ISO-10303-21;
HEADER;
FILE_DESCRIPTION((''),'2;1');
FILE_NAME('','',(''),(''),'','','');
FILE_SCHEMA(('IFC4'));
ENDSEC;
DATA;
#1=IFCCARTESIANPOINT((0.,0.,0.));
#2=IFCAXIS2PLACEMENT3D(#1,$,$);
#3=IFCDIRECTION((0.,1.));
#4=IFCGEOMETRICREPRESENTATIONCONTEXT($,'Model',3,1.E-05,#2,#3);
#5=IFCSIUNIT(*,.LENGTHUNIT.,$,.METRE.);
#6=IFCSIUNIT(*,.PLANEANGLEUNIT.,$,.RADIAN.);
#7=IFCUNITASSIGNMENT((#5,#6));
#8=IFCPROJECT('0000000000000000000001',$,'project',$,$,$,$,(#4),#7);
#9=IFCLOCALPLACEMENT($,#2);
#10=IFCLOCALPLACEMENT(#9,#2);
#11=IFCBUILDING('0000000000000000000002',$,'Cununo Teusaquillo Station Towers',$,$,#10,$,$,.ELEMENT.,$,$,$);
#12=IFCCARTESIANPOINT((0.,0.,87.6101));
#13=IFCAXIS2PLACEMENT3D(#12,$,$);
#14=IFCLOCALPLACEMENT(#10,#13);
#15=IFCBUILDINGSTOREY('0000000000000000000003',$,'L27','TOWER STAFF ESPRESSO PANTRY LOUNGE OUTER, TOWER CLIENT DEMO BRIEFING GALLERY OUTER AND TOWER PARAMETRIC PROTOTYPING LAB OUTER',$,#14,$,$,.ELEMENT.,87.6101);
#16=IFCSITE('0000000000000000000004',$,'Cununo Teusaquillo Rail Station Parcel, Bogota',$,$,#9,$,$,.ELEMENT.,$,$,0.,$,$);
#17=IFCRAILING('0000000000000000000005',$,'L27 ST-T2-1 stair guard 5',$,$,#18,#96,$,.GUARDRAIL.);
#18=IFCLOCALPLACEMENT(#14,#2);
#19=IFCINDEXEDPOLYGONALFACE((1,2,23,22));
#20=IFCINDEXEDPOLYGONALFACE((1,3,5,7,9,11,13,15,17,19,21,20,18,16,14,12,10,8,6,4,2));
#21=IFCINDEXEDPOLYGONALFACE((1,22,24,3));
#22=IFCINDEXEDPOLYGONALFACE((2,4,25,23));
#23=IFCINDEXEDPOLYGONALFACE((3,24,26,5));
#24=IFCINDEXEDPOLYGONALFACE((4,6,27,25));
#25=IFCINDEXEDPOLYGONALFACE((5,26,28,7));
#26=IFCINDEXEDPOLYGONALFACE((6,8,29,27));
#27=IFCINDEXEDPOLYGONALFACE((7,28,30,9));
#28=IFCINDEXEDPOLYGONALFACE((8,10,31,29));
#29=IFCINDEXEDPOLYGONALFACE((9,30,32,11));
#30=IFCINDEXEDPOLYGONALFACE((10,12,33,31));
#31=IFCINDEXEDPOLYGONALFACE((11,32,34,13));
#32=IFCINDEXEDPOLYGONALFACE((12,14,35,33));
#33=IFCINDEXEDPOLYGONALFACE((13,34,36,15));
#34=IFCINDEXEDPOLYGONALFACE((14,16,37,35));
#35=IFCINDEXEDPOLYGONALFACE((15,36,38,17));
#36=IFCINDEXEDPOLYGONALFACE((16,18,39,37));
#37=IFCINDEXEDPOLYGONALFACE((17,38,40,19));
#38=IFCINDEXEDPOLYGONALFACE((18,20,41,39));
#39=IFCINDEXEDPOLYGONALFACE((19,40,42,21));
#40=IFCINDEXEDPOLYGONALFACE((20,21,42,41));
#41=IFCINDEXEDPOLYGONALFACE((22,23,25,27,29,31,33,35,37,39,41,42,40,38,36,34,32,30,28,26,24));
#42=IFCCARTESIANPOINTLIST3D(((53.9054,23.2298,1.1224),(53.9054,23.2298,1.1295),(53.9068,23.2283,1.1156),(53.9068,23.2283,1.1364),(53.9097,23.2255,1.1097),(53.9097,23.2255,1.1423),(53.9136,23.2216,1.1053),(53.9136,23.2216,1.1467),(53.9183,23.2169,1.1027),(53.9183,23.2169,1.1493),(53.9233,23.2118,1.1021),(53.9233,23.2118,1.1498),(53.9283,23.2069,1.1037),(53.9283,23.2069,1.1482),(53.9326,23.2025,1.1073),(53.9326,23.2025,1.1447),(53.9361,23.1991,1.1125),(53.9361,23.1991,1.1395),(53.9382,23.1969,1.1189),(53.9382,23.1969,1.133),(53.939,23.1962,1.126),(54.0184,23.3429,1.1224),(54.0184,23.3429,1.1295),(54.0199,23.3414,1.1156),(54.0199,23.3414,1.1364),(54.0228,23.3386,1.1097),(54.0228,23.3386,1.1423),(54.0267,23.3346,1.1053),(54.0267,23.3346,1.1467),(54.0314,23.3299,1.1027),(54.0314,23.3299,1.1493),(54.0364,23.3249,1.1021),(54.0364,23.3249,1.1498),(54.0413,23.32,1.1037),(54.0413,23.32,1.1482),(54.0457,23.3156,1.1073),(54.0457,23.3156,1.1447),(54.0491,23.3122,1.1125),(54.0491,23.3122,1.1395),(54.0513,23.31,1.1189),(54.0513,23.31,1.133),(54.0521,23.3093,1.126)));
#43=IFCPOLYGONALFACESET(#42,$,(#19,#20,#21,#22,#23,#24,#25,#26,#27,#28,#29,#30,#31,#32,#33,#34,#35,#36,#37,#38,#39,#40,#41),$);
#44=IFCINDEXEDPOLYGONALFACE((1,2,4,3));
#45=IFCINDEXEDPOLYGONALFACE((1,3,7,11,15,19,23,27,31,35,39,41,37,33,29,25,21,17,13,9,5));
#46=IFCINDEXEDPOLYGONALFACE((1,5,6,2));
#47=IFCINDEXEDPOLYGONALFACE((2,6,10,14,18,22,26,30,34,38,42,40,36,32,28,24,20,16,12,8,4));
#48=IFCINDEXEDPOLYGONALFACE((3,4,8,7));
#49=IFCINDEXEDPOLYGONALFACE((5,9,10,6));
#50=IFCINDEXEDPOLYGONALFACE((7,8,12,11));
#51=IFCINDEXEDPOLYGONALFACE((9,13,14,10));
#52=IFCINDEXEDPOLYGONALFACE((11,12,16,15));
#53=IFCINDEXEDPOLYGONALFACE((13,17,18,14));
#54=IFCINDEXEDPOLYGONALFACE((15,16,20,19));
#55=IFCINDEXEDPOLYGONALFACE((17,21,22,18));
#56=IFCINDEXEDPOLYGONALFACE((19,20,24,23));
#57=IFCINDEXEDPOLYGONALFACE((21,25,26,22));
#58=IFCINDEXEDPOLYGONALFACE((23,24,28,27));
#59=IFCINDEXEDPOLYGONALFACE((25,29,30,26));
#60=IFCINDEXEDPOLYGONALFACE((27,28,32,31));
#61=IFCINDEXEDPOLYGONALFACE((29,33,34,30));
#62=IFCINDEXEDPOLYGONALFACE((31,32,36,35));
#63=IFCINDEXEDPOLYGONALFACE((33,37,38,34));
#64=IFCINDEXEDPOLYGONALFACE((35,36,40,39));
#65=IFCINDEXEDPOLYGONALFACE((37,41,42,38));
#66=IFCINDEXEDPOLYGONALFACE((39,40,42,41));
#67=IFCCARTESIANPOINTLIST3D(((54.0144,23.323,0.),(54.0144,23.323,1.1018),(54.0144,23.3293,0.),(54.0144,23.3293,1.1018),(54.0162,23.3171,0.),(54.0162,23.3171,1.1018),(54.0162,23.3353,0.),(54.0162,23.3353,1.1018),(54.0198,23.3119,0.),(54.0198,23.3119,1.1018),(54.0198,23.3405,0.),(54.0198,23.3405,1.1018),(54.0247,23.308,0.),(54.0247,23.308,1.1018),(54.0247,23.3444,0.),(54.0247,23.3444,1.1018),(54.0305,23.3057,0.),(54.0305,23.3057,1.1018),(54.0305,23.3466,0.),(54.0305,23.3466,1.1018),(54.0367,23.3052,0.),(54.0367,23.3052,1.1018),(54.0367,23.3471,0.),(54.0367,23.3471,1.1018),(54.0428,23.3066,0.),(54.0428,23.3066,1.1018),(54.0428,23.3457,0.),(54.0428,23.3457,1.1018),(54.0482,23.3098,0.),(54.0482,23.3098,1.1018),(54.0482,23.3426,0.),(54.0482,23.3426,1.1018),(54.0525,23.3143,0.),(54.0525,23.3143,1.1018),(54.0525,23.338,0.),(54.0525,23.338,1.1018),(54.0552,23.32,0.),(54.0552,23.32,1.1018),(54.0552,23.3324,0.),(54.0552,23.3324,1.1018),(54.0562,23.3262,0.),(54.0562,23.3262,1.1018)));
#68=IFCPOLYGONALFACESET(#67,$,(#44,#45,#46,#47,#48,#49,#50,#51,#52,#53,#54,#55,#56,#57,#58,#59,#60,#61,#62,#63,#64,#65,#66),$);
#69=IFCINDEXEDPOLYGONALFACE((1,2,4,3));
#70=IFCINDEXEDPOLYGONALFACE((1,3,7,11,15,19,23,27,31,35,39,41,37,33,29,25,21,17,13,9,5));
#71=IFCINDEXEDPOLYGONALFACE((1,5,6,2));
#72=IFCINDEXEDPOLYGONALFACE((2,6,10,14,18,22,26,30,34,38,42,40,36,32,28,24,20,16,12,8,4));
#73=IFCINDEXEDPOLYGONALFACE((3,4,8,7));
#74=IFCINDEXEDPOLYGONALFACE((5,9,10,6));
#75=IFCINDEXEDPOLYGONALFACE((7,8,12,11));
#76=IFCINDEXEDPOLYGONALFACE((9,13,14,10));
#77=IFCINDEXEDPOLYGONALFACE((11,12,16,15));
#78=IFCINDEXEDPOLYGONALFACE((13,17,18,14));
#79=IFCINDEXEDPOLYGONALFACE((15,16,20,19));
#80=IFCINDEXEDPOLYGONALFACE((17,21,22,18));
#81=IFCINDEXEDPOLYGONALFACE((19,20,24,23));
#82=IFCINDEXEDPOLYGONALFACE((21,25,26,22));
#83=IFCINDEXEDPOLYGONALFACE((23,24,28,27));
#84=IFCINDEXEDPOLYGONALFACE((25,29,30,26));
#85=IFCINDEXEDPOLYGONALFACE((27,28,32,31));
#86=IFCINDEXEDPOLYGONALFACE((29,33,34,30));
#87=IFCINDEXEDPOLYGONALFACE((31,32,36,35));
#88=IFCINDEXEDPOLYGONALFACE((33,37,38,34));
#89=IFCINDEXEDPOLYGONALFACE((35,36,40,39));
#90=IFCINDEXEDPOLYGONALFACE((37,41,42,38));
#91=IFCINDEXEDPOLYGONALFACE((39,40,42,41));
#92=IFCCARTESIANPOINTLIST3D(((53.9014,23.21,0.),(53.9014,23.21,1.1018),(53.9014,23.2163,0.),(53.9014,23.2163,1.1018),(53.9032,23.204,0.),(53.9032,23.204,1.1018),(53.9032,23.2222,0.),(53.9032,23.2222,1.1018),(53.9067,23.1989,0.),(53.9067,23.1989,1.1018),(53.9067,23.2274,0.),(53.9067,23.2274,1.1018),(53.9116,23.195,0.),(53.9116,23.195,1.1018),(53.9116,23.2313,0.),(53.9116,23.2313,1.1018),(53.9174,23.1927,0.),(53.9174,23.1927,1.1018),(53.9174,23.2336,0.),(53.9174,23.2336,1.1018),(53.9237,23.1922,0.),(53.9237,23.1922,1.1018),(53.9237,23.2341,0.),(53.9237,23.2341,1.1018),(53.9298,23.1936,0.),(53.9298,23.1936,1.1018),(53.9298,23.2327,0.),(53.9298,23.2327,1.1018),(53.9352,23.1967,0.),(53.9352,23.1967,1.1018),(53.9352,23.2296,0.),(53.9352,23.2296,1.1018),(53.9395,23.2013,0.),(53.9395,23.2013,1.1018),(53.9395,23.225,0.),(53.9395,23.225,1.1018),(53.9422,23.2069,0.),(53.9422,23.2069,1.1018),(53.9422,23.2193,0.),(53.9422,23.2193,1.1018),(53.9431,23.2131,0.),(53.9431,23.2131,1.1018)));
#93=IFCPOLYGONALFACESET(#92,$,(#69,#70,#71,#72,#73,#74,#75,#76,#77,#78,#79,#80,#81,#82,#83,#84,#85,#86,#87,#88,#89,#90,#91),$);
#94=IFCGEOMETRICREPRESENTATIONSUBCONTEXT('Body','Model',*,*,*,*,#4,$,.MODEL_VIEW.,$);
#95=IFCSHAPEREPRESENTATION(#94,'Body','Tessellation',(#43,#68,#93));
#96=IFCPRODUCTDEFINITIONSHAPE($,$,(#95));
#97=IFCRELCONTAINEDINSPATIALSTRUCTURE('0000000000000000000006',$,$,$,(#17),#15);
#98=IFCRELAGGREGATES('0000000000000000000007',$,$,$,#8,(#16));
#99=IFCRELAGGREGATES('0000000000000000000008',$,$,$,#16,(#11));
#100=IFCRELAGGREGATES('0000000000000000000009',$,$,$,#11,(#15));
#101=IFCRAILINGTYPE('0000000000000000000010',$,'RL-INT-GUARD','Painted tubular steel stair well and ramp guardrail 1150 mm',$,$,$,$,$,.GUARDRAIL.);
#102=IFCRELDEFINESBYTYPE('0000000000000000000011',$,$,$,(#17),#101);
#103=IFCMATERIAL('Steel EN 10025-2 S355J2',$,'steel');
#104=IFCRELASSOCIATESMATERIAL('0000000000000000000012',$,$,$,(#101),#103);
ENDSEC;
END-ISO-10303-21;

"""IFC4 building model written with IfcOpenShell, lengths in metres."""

from ifc_helpers import new_model, si_unit, direction, frame, origin, origin_2d, place, context, subcontext, project, spatial, circle, extrude, material, type_object, element, save


model = new_model("IFC4")

# Units and contexts
model_context = context("Model", 3, precision=1e-05, world=origin(), true_north=direction((0.0, 1.0)))
body_context = subcontext(model_context, "Body", "Model", "MODEL_VIEW")
ifc_project = project(units=[si_unit("LENGTHUNIT", "METRE"), si_unit("PLANEANGLEUNIT", "RADIAN")], contexts=[model_context])

# Site, building, storey
site_placement = place(None, origin())
site = spatial("IfcSite", under=ifc_project, at=site_placement, Name="Cununo Teusaquillo Rail Station Parcel, Bogota", CompositionType="ELEMENT", RefElevation=0.0)
building_placement = place(site_placement, origin())
building = spatial("IfcBuilding", under=site, at=building_placement, Name="Cununo Teusaquillo Station Towers", CompositionType="ELEMENT")
storey_placement = place(building_placement, frame((0.0, 0.0, 87.6101)))
storey = spatial("IfcBuildingStorey", under=building, at=storey_placement, Name="L27", Description="TOWER STAFF ESPRESSO PANTRY LOUNGE OUTER, TOWER CLIENT DEMO BRIEFING GALLERY OUTER AND TOWER PARAMETRIC PROTOTYPING LAB OUTER", CompositionType="ELEMENT", Elevation=87.6101)

# Railing
ifc_material_1 = material(Name="Steel EN 10025-2 S355J2", Category="steel")
railing_type_1 = type_object("IfcRailingType", Name="RL-INT-GUARD", Description="Painted tubular steel stair well and ramp guardrail 1150 mm", PredefinedType="GUARDRAIL", material=ifc_material_1)
railing_1_placement = place(storey_placement, frame((54.0352, 23.3262, 0.0)))
element("IfcRailing", 1, at=railing_1_placement, inside=storey, type_object=railing_type_1, Name="L27 ST-T2-1 stair guard 5", PredefinedType="GUARDRAIL", context=body_context, shape_type="SweptSolid", body=[
    extrude(circle(Radius=0.0239, at=origin_2d()), frame((0.0, 0.0, 1.126), z_axis=(-0.707107, -0.707107, 0.0), x_axis=(0.707107, -0.707107, 0.0)), (0.0, 0.0, 1.0), 0.1599),
    extrude(circle(Radius=0.021, at=origin_2d()), origin(), (0.0, 0.0, 1.0), 1.1018),
    extrude(circle(Radius=0.021, at=origin_2d()), frame((-0.113, -0.113, 0.0)), (0.0, 0.0, 1.0), 1.1018),
])

save(model, "model.ifc")
